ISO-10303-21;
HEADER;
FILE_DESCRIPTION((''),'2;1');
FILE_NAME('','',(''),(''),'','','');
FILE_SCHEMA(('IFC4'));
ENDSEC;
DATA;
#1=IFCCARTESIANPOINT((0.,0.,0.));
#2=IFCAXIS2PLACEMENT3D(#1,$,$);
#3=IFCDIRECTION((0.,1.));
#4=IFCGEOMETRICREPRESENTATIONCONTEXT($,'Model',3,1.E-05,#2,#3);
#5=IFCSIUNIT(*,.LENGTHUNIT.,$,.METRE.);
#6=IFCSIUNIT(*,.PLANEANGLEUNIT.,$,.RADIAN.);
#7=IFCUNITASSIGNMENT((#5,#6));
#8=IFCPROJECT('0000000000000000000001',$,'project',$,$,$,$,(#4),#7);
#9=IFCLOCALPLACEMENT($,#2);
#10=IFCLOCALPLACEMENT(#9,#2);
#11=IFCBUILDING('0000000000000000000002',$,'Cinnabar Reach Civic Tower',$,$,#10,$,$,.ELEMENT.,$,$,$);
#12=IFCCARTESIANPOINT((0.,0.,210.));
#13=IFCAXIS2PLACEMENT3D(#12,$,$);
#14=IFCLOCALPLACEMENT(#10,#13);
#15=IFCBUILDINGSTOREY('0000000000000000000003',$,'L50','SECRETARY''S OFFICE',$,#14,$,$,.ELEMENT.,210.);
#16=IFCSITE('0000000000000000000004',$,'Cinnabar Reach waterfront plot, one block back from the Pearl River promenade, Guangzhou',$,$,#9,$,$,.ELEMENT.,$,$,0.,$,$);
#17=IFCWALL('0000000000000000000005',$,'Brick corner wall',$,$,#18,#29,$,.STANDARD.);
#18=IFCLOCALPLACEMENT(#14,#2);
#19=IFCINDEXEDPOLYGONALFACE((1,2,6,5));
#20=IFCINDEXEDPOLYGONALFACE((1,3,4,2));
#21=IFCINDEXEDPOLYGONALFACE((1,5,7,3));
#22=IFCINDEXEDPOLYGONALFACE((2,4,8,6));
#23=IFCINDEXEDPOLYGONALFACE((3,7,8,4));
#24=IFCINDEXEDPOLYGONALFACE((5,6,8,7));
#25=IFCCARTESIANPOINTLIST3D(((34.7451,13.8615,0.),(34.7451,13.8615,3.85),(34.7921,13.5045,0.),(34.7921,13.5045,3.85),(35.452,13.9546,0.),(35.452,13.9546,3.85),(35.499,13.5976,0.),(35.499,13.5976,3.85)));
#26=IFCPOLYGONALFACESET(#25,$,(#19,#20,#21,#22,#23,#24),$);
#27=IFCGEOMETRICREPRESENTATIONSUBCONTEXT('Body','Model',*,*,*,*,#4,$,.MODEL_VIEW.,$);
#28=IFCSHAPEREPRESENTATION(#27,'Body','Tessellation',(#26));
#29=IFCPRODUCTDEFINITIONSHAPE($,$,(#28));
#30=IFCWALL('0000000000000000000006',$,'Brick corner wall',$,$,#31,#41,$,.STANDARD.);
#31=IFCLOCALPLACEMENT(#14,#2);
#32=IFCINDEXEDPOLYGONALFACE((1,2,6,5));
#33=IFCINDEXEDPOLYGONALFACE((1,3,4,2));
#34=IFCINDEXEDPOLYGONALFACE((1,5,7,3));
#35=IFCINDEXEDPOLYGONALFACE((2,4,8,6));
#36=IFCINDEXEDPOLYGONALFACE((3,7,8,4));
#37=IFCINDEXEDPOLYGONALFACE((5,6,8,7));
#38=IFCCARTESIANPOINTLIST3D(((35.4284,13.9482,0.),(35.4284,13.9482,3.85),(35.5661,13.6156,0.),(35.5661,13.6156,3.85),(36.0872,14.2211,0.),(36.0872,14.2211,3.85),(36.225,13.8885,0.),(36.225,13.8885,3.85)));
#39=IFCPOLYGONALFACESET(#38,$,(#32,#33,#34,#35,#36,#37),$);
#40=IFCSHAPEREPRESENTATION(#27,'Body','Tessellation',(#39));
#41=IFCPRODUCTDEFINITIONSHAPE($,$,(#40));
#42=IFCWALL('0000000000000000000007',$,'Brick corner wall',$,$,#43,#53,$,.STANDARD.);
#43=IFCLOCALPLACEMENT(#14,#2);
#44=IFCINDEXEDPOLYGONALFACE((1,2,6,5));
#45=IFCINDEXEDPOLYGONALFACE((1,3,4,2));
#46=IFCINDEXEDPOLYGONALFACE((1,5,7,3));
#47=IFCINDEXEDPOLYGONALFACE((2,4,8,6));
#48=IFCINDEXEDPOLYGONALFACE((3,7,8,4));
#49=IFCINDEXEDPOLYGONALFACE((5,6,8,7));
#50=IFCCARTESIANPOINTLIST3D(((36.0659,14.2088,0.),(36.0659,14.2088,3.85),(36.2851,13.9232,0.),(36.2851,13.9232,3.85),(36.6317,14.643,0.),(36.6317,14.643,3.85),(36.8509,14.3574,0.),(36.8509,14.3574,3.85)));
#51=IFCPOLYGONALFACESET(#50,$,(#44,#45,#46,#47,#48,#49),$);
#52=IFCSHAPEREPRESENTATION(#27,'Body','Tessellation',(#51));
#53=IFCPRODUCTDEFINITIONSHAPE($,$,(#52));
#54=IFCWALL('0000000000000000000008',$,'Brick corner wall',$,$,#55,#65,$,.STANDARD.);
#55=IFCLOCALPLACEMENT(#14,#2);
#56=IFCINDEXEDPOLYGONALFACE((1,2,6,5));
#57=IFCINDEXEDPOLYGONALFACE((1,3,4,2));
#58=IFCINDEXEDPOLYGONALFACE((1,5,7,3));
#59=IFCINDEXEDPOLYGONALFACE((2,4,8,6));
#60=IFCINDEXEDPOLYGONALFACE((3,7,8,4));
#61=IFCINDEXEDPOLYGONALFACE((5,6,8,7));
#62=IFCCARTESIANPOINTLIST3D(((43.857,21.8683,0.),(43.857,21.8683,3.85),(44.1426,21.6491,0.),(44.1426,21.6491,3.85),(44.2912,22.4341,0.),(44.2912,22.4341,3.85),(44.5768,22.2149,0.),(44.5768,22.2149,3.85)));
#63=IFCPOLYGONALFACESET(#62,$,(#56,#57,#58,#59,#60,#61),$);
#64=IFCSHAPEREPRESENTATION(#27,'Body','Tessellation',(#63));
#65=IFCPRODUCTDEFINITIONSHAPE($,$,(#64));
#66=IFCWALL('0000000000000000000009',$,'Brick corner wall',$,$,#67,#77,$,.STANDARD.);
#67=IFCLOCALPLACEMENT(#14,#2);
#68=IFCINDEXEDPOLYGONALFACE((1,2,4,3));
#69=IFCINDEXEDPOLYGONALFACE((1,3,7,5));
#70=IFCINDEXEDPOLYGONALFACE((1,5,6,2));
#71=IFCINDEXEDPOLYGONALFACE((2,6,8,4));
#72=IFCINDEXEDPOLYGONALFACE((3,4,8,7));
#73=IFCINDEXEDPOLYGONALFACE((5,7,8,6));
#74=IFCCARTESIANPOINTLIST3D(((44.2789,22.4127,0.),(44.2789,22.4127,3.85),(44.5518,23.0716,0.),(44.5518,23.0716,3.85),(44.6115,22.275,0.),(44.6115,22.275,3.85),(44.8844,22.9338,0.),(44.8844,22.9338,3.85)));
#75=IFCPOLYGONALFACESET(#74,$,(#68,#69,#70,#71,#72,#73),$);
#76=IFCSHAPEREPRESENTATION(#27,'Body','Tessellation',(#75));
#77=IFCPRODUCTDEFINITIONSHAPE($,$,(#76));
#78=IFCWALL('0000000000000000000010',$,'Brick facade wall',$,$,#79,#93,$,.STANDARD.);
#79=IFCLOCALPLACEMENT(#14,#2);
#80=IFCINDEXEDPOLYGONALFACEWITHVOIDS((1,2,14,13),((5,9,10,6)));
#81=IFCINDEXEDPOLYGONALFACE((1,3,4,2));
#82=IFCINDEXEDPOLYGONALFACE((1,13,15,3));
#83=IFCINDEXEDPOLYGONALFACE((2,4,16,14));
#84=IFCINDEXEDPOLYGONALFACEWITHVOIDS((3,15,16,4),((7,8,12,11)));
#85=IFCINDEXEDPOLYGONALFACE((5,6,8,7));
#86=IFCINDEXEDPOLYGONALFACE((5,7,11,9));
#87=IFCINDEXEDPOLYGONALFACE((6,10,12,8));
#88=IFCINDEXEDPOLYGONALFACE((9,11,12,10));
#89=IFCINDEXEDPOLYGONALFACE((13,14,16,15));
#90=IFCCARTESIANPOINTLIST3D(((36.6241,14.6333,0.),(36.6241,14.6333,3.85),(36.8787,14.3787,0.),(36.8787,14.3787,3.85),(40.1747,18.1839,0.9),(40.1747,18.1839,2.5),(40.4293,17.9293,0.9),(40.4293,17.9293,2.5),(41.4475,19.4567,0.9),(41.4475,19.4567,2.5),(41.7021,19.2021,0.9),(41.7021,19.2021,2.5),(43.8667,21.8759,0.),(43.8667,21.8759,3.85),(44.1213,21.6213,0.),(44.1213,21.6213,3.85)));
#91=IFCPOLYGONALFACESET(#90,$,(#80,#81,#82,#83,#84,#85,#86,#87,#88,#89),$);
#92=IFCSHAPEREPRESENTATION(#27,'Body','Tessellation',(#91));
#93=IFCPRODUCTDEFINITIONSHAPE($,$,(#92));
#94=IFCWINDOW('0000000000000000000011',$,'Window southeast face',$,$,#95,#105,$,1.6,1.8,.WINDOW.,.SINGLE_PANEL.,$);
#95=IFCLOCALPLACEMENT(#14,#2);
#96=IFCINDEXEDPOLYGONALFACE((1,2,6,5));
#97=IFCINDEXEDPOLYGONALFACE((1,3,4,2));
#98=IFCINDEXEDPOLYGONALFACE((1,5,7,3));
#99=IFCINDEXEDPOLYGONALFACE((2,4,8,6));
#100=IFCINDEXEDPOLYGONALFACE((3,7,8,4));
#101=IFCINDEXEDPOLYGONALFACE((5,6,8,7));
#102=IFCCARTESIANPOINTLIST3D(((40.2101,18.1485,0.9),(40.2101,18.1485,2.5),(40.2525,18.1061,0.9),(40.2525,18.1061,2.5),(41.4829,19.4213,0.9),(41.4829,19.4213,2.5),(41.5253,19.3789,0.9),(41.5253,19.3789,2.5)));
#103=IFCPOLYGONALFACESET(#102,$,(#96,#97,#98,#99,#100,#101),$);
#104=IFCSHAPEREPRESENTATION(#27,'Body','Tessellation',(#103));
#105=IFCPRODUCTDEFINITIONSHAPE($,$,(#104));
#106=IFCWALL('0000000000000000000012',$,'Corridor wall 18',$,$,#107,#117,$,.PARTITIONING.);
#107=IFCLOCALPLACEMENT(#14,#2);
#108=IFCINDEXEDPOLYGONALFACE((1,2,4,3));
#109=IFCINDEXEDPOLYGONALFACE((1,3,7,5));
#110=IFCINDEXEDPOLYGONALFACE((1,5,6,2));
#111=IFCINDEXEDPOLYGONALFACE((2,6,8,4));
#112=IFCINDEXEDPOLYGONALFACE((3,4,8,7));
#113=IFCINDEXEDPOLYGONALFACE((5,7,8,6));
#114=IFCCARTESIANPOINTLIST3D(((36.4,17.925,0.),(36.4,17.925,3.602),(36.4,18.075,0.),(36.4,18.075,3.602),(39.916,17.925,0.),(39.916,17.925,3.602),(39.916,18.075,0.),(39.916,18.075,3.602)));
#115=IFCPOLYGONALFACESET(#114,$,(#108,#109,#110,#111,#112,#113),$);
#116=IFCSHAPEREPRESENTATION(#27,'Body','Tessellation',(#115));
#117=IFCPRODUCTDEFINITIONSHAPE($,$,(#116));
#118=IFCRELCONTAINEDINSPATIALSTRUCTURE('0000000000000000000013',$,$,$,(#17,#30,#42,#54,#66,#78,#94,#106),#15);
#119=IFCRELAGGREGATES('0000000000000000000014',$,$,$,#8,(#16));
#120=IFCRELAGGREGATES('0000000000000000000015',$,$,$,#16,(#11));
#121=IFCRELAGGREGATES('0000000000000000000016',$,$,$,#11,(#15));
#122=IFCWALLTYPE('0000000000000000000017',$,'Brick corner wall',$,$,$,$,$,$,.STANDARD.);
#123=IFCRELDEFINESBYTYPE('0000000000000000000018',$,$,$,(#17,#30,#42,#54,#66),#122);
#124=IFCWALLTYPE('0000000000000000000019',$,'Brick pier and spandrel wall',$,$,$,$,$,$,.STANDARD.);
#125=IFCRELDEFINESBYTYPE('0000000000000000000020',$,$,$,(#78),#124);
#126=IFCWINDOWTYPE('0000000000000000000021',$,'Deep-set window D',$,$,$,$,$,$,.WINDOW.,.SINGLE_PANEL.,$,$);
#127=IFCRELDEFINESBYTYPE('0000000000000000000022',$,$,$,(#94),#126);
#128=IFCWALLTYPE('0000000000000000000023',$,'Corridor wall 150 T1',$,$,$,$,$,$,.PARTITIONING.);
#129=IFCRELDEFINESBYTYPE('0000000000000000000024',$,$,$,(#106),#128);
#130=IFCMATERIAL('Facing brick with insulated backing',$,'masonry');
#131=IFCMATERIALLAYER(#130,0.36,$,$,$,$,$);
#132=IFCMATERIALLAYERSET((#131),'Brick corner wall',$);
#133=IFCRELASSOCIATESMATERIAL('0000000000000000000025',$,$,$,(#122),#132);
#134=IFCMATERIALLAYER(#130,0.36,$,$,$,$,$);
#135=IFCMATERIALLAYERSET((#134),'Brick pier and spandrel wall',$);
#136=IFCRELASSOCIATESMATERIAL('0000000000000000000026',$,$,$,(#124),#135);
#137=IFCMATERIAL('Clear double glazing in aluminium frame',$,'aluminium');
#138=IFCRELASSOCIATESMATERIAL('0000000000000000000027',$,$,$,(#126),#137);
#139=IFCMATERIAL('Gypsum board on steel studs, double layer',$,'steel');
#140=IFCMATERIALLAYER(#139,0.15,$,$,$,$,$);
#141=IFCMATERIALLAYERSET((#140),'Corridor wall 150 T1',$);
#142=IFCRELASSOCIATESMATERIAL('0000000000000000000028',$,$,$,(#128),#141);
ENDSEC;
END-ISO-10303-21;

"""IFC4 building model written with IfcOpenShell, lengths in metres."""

from ifc_helpers import new_model, si_unit, direction, frame, frame_2d, origin, place, context, subcontext, project, spatial, rectangle, extrude, material, layer, layer_set, type_object, element, fill, save


model = new_model("IFC4")

# Units and contexts
model_context = context("Model", 3, precision=1e-05, world=origin(), true_north=direction((0.0, 1.0)))
body_context = subcontext(model_context, "Body", "Model", "MODEL_VIEW")
ifc_project = project(units=[si_unit("LENGTHUNIT", "METRE"), si_unit("PLANEANGLEUNIT", "RADIAN")], contexts=[model_context])

# Site, building, storey
site_placement = place(None, origin())
site = spatial("IfcSite", under=ifc_project, at=site_placement, Name="Cinnabar Reach waterfront plot, one block back from the Pearl River promenade, Guangzhou", CompositionType="ELEMENT", RefElevation=0.0)
building_placement = place(site_placement, origin())
building = spatial("IfcBuilding", under=site, at=building_placement, Name="Cinnabar Reach Civic Tower", CompositionType="ELEMENT")
storey_placement = place(building_placement, frame((0.0, 0.0, 210.0)))
storey = spatial("IfcBuildingStorey", under=building, at=storey_placement, Name="L50", Description="SECRETARY'S OFFICE", CompositionType="ELEMENT", Elevation=210.0)

# Walls
ifc_material_1 = material(Name="Facing brick with insulated backing", Category="masonry")
ifc_layer_1 = layer(ifc_material_1, 0.36)
ifc_layer_set_1 = layer_set([ifc_layer_1], Name="Brick corner wall")
wall_type_1 = type_object("IfcWallType", Name="Brick corner wall", PredefinedType="STANDARD", material=ifc_layer_set_1)
for number, where, z_axis, x_axis, name in (
    (1, (34.7686, 13.683, 0.0), (0.0, 0.0, 1.0), (0.991441, 0.130556, 0.0), "Brick corner wall"),
    (2, (35.4973, 13.7819, 0.0), (0.0, 0.0, 1.0), (0.923872, 0.382703, 0.0), "Brick corner wall"),
):
    element("IfcWall", number, at=place(storey_placement, frame(where, z_axis=z_axis, x_axis=x_axis)), inside=storey, type_object=wall_type_1, Name=name, PredefinedType="STANDARD", context=body_context, shape_type="SweptSolid", body=[
        extrude(rectangle(XDim=0.7131, YDim=0.36, at=frame_2d((0.3565, 0.0))), origin(), (0.0, 0.0, 1.0), 3.85),
    ])
for number, where, z_axis, x_axis, name in (
    (3, (36.1755, 14.066, 0.0), (0.0, 0.0, 1.0), (0.793322, 0.608802, 0.0), "Brick corner wall"),
    (4, (43.9998, 21.7587, 0.0), (0.0, 0.0, 1.0), (0.608802, 0.793322, 0.0), "Brick corner wall"),
):
    element("IfcWall", number, at=place(storey_placement, frame(where, z_axis=z_axis, x_axis=x_axis)), inside=storey, type_object=wall_type_1, Name=name, PredefinedType="STANDARD", context=body_context, shape_type="SweptSolid", body=[
        extrude(rectangle(XDim=0.7132, YDim=0.36, at=frame_2d((0.3566, 0.0))), origin(), (0.0, 0.0, 1.0), 3.85),
    ])
wall_1_placement = place(storey_placement, frame((44.4452, 22.3439, 0.0), z_axis=(0.0, 0.0, 1.0), x_axis=(0.382703, 0.923872, 0.0)))
element("IfcWall", 5, at=wall_1_placement, inside=storey, type_object=wall_type_1, Name="Brick corner wall", PredefinedType="STANDARD", context=body_context, shape_type="SweptSolid", body=[
    extrude(rectangle(XDim=0.7131, YDim=0.36, at=frame_2d((0.3565, 0.0))), origin(), (0.0, 0.0, 1.0), 3.85),
])

# Wall, opening, window
ifc_layer_2 = layer(ifc_material_1, 0.36)
ifc_layer_set_2 = layer_set([ifc_layer_2], Name="Brick pier and spandrel wall")
wall_type_2 = type_object("IfcWallType", Name="Brick pier and spandrel wall", PredefinedType="STANDARD", material=ifc_layer_set_2)
wall_2_placement = place(storey_placement, frame((36.7514, 14.506, 0.0), z_axis=(0.0, 0.0, 1.0), x_axis=(0.707107, 0.707107, 0.0)))
wall_2 = element("IfcWall", 6, at=wall_2_placement, inside=storey, type_object=wall_type_2, Name="Brick facade wall", PredefinedType="STANDARD", context=body_context, shape_type="SweptSolid", body=[
    extrude(rectangle(XDim=10.2426, YDim=0.36, at=frame_2d((5.1213, 0.0))), origin(), (0.0, 0.0, 1.0), 3.85),
])
opening_placement = place(wall_2_placement, frame((5.0213, 0.0, 0.9)))
opening = element("IfcOpeningElement", 7, at=opening_placement, cuts=wall_2, PredefinedType="OPENING", context=body_context, shape_type="SweptSolid", body=[
    extrude(rectangle(XDim=1.8, YDim=1.6, at=frame_2d((0.9, 0.8))), frame((0.0, 0.19, 0.0), z_axis=(0.0, -1.0, 0.0), x_axis=(1.0, 0.0, 0.0)), (0.0, 0.0, 1.0), 0.38),
])
ifc_material_2 = material(Name="Clear double glazing in aluminium frame", Category="aluminium")
window_type = type_object("IfcWindowType", Name="Deep-set window D", PartitioningType="SINGLE_PANEL", PredefinedType="WINDOW", material=ifc_material_2)
window_placement = place(opening_placement, origin())
window = element("IfcWindow", 8, at=window_placement, inside=storey, type_object=window_type, Name="Window southeast face", OverallHeight=1.6, OverallWidth=1.8, PartitioningType="SINGLE_PANEL", PredefinedType="WINDOW", context=body_context, shape_type="SweptSolid", body=[
    extrude(rectangle(XDim=1.8, YDim=1.6, at=frame_2d((0.9, 0.8))), frame((0.0, 0.13, 0.0), z_axis=(0.0, -1.0, 0.0), x_axis=(1.0, 0.0, 0.0)), (0.0, 0.0, 1.0), 0.06),
])
fill(opening, window)

# Wall
ifc_material_3 = material(Name="Gypsum board on steel studs, double layer", Category="steel")
ifc_layer_3 = layer(ifc_material_3, 0.15)
ifc_layer_set_3 = layer_set([ifc_layer_3], Name="Corridor wall 150 T1")
wall_type_3 = type_object("IfcWallType", Name="Corridor wall 150 T1", PredefinedType="PARTITIONING", material=ifc_layer_set_3)
wall_3_placement = place(storey_placement, frame((36.4, 18.0, 0.0), z_axis=(0.0, 0.0, 1.0), x_axis=(1.0, 0.0, 0.0)))
element("IfcWall", 9, at=wall_3_placement, inside=storey, type_object=wall_type_3, Name="Corridor wall 18", PredefinedType="PARTITIONING", context=body_context, shape_type="SweptSolid", body=[
    extrude(rectangle(XDim=3.516, YDim=0.15, at=frame_2d((1.758, 0.0))), origin(), (0.0, 0.0, 1.0), 3.602),
])

save(model, "model.ifc")
